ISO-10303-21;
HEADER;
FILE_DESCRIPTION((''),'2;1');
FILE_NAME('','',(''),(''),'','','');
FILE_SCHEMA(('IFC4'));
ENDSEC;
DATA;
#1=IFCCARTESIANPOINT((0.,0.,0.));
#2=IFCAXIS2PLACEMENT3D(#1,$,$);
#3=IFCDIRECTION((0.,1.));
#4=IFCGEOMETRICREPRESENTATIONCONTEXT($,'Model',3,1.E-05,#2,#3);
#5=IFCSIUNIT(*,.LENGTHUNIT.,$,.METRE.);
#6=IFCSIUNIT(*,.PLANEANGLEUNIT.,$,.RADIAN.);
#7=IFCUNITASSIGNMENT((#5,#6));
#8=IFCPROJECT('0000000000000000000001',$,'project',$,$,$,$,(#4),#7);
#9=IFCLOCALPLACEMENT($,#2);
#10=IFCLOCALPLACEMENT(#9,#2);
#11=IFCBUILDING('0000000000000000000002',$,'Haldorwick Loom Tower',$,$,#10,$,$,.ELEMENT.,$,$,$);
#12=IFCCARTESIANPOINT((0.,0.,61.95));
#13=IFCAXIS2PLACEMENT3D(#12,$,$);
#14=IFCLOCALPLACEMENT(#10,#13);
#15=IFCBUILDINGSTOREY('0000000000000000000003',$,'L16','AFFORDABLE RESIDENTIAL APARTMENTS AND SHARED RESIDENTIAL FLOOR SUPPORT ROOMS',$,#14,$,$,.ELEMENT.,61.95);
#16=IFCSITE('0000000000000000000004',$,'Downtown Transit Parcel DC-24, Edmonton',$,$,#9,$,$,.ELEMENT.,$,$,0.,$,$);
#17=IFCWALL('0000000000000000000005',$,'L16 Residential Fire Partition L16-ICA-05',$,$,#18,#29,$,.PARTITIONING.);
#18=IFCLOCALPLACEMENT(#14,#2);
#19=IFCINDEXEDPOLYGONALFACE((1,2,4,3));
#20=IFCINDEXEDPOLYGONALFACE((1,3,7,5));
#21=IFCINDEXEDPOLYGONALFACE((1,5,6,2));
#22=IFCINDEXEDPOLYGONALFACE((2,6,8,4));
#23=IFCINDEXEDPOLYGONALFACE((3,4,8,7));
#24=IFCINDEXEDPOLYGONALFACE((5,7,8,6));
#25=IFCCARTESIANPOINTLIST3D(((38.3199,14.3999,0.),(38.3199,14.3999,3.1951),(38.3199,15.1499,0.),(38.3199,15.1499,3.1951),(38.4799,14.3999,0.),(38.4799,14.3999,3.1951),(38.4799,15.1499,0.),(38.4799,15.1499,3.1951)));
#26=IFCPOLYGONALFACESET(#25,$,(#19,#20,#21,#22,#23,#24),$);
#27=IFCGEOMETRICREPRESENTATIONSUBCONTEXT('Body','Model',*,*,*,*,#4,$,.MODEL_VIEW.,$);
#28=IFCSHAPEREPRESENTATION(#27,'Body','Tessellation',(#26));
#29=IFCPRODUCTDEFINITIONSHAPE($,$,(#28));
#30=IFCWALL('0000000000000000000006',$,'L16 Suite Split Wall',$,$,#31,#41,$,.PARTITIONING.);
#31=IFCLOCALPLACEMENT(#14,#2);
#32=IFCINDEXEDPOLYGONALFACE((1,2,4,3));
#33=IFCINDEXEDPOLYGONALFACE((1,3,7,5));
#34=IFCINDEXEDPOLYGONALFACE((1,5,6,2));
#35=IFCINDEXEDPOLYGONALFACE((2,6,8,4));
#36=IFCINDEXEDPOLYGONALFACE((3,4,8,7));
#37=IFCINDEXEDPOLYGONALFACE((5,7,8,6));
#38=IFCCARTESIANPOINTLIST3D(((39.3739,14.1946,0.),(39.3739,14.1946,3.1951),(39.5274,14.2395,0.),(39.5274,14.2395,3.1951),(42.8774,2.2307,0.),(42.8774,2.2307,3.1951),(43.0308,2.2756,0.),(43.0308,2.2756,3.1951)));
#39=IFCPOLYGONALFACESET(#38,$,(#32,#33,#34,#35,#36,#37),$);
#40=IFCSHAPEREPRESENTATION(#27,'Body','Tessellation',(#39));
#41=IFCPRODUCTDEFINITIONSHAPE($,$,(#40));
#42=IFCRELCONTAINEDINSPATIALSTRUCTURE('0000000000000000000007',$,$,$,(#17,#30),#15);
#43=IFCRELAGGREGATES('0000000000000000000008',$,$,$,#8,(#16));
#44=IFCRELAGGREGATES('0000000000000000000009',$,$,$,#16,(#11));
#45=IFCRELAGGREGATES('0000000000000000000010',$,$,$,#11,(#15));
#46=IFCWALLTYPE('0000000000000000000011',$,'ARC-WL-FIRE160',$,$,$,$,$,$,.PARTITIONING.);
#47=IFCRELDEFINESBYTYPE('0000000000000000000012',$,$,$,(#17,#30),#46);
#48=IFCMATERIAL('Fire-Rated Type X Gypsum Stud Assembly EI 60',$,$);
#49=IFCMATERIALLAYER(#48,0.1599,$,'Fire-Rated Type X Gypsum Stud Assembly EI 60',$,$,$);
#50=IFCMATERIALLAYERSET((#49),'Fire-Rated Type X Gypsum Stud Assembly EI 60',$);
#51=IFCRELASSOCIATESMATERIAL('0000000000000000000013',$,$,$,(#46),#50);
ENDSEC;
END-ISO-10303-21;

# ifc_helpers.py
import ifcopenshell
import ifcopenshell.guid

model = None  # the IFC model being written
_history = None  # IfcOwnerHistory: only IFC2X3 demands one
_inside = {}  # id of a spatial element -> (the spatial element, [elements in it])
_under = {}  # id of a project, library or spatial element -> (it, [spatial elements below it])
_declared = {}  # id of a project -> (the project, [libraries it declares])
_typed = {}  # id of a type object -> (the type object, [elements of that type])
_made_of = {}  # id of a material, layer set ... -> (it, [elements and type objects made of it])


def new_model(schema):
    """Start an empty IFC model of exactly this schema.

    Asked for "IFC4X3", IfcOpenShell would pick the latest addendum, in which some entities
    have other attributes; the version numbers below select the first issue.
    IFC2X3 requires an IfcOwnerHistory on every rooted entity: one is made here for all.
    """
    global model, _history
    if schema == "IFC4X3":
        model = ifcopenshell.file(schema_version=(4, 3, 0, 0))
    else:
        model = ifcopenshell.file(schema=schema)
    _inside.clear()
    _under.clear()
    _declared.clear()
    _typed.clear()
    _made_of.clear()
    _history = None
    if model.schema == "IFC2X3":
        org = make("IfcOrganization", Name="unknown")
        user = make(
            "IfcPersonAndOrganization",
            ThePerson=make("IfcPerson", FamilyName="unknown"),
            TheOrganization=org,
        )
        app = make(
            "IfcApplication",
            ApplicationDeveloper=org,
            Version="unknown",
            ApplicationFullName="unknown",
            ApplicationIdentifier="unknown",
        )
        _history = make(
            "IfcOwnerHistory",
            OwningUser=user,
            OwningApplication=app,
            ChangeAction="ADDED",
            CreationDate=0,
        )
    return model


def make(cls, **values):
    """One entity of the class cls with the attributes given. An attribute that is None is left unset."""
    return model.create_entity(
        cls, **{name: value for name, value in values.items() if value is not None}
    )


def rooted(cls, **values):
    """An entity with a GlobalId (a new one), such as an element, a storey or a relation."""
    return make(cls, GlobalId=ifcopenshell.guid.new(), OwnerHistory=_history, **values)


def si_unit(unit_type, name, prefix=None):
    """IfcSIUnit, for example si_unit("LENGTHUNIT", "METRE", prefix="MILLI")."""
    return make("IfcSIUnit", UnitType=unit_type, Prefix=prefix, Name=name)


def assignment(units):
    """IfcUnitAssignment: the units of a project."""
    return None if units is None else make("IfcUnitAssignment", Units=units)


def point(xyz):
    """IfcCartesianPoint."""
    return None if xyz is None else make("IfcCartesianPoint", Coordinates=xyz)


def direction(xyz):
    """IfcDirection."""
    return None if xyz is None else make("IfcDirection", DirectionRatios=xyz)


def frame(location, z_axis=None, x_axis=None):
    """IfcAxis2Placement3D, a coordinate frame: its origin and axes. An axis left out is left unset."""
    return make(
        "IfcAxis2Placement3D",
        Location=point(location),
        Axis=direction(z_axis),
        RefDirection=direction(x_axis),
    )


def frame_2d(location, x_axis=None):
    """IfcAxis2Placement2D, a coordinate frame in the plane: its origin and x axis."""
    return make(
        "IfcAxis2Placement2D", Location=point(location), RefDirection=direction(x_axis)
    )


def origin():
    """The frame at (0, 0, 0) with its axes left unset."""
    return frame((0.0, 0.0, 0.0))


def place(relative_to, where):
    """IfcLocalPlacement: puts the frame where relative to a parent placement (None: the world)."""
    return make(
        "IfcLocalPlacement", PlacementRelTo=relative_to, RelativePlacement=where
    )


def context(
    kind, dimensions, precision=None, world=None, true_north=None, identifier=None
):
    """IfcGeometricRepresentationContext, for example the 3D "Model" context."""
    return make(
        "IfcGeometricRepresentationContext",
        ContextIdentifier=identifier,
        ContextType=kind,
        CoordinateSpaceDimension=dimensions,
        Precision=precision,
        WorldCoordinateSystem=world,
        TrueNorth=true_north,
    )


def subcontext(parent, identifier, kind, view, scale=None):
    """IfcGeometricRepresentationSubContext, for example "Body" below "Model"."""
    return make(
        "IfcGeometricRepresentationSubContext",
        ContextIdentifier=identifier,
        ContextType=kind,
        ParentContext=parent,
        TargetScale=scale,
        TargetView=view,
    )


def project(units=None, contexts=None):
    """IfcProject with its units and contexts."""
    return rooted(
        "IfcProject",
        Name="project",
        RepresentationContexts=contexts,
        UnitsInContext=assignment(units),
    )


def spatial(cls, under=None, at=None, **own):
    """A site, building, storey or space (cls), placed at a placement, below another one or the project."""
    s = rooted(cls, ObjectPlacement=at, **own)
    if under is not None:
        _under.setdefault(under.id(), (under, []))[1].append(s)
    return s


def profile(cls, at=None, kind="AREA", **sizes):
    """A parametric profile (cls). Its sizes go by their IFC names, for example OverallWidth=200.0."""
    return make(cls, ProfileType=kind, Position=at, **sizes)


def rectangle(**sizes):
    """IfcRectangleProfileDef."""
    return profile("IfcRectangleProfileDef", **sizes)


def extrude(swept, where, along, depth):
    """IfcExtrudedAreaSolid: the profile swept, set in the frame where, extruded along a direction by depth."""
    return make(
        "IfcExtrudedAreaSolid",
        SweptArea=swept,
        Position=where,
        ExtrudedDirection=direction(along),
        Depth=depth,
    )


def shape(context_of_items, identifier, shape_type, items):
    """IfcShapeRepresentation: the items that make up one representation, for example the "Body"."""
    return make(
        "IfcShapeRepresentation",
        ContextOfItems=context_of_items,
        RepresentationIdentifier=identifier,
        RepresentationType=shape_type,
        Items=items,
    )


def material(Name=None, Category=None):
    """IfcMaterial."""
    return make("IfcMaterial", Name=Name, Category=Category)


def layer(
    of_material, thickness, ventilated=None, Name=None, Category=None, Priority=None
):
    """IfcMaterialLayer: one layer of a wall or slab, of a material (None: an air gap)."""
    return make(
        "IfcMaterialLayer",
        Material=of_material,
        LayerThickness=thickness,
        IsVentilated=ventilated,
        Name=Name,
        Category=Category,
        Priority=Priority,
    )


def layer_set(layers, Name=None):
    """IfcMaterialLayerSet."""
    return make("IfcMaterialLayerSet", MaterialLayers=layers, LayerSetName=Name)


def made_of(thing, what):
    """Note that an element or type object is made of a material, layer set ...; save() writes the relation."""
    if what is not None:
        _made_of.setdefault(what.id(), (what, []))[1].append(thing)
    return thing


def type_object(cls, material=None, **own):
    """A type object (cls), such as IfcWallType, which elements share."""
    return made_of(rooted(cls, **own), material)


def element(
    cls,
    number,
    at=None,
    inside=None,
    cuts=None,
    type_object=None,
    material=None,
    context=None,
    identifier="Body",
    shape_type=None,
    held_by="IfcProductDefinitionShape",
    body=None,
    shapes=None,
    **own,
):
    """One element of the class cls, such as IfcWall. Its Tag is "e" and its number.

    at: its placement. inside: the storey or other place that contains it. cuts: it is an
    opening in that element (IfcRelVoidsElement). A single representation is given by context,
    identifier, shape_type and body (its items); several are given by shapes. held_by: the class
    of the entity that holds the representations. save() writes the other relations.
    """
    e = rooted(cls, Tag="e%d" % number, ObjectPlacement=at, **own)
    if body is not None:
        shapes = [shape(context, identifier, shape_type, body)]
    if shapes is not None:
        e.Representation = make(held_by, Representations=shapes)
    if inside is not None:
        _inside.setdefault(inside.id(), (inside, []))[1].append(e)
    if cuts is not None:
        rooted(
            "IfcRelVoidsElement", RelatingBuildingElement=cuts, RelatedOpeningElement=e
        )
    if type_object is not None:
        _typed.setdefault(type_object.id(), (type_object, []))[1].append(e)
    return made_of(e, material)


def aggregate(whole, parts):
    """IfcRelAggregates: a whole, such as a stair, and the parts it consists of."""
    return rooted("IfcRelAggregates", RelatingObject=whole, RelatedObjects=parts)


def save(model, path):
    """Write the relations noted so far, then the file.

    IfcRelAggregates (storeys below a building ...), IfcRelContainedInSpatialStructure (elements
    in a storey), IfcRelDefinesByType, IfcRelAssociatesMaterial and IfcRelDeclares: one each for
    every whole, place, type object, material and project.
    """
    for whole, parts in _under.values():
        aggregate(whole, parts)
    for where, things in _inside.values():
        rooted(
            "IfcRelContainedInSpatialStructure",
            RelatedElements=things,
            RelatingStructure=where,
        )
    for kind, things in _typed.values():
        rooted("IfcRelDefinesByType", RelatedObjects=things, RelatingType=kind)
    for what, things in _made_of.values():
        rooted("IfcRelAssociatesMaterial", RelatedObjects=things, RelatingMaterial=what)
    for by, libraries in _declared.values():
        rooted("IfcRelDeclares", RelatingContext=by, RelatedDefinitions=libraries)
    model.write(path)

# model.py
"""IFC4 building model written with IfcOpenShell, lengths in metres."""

from ifc_helpers import new_model, si_unit, direction, frame, frame_2d, origin, place, context, subcontext, project, spatial, rectangle, extrude, material, layer, layer_set, type_object, element, save


model = new_model("IFC4")

# Units and contexts
model_context = context("Model", 3, precision=1e-05, world=origin(), true_north=direction((0.0, 1.0)))
body_context = subcontext(model_context, "Body", "Model", "MODEL_VIEW")
ifc_project = project(units=[si_unit("LENGTHUNIT", "METRE"), si_unit("PLANEANGLEUNIT", "RADIAN")], contexts=[model_context])

# Site, building, storey
site_placement = place(None, origin())
site = spatial("IfcSite", under=ifc_project, at=site_placement, Name="Downtown Transit Parcel DC-24, Edmonton", CompositionType="ELEMENT", RefElevation=0.0)
building_placement = place(site_placement, origin())
building = spatial("IfcBuilding", under=site, at=building_placement, Name="Haldorwick Loom Tower", CompositionType="ELEMENT")
storey_placement = place(building_placement, frame((0.0, 0.0, 61.95)))
storey = spatial("IfcBuildingStorey", under=building, at=storey_placement, Name="L16", Description="AFFORDABLE RESIDENTIAL APARTMENTS AND SHARED RESIDENTIAL FLOOR SUPPORT ROOMS", CompositionType="ELEMENT", Elevation=61.95)

# Walls
ifc_material_1 = material(Name="Fire-Rated Type X Gypsum Stud Assembly EI 60")
ifc_layer_1 = layer(ifc_material_1, 0.1599, Name="Fire-Rated Type X Gypsum Stud Assembly EI 60")
ifc_layer_set_1 = layer_set([ifc_layer_1], Name="Fire-Rated Type X Gypsum Stud Assembly EI 60")
wall_type_1 = type_object("IfcWallType", Name="ARC-WL-FIRE160", PredefinedType="PARTITIONING", material=ifc_layer_set_1)
wall_1_placement = place(storey_placement, frame((38.3999, 15.1499, 0.0), z_axis=(0.0, 0.0, 1.0), x_axis=(0.0, -1.0, 0.0)))
element("IfcWall", 1, at=wall_1_placement, inside=storey, type_object=wall_type_1, Name="L16 Residential Fire Partition L16-ICA-05", PredefinedType="PARTITIONING", context=body_context, shape_type="SweptSolid", body=[
    extrude(rectangle(XDim=0.75, YDim=0.1599, at=frame_2d((0.375, 0.0))), origin(), (0.0, 0.0, 1.0), 3.1951),
])
wall_2_placement = place(storey_placement, frame((39.4507, 14.217, 0.0), z_axis=(0.0, 0.0, 1.0), x_axis=(0.281032, -0.959699, 0.0)))
element("IfcWall", 2, at=wall_2_placement, inside=storey, type_object=wall_type_1, Name="L16 Suite Split Wall", PredefinedType="PARTITIONING", context=body_context, shape_type="SweptSolid", body=[
    extrude(rectangle(XDim=12.4663, YDim=0.1599, at=frame_2d((6.2332, 0.0))), origin(), (0.0, 0.0, 1.0), 3.1951),
])

save(model, "model.ifc")
